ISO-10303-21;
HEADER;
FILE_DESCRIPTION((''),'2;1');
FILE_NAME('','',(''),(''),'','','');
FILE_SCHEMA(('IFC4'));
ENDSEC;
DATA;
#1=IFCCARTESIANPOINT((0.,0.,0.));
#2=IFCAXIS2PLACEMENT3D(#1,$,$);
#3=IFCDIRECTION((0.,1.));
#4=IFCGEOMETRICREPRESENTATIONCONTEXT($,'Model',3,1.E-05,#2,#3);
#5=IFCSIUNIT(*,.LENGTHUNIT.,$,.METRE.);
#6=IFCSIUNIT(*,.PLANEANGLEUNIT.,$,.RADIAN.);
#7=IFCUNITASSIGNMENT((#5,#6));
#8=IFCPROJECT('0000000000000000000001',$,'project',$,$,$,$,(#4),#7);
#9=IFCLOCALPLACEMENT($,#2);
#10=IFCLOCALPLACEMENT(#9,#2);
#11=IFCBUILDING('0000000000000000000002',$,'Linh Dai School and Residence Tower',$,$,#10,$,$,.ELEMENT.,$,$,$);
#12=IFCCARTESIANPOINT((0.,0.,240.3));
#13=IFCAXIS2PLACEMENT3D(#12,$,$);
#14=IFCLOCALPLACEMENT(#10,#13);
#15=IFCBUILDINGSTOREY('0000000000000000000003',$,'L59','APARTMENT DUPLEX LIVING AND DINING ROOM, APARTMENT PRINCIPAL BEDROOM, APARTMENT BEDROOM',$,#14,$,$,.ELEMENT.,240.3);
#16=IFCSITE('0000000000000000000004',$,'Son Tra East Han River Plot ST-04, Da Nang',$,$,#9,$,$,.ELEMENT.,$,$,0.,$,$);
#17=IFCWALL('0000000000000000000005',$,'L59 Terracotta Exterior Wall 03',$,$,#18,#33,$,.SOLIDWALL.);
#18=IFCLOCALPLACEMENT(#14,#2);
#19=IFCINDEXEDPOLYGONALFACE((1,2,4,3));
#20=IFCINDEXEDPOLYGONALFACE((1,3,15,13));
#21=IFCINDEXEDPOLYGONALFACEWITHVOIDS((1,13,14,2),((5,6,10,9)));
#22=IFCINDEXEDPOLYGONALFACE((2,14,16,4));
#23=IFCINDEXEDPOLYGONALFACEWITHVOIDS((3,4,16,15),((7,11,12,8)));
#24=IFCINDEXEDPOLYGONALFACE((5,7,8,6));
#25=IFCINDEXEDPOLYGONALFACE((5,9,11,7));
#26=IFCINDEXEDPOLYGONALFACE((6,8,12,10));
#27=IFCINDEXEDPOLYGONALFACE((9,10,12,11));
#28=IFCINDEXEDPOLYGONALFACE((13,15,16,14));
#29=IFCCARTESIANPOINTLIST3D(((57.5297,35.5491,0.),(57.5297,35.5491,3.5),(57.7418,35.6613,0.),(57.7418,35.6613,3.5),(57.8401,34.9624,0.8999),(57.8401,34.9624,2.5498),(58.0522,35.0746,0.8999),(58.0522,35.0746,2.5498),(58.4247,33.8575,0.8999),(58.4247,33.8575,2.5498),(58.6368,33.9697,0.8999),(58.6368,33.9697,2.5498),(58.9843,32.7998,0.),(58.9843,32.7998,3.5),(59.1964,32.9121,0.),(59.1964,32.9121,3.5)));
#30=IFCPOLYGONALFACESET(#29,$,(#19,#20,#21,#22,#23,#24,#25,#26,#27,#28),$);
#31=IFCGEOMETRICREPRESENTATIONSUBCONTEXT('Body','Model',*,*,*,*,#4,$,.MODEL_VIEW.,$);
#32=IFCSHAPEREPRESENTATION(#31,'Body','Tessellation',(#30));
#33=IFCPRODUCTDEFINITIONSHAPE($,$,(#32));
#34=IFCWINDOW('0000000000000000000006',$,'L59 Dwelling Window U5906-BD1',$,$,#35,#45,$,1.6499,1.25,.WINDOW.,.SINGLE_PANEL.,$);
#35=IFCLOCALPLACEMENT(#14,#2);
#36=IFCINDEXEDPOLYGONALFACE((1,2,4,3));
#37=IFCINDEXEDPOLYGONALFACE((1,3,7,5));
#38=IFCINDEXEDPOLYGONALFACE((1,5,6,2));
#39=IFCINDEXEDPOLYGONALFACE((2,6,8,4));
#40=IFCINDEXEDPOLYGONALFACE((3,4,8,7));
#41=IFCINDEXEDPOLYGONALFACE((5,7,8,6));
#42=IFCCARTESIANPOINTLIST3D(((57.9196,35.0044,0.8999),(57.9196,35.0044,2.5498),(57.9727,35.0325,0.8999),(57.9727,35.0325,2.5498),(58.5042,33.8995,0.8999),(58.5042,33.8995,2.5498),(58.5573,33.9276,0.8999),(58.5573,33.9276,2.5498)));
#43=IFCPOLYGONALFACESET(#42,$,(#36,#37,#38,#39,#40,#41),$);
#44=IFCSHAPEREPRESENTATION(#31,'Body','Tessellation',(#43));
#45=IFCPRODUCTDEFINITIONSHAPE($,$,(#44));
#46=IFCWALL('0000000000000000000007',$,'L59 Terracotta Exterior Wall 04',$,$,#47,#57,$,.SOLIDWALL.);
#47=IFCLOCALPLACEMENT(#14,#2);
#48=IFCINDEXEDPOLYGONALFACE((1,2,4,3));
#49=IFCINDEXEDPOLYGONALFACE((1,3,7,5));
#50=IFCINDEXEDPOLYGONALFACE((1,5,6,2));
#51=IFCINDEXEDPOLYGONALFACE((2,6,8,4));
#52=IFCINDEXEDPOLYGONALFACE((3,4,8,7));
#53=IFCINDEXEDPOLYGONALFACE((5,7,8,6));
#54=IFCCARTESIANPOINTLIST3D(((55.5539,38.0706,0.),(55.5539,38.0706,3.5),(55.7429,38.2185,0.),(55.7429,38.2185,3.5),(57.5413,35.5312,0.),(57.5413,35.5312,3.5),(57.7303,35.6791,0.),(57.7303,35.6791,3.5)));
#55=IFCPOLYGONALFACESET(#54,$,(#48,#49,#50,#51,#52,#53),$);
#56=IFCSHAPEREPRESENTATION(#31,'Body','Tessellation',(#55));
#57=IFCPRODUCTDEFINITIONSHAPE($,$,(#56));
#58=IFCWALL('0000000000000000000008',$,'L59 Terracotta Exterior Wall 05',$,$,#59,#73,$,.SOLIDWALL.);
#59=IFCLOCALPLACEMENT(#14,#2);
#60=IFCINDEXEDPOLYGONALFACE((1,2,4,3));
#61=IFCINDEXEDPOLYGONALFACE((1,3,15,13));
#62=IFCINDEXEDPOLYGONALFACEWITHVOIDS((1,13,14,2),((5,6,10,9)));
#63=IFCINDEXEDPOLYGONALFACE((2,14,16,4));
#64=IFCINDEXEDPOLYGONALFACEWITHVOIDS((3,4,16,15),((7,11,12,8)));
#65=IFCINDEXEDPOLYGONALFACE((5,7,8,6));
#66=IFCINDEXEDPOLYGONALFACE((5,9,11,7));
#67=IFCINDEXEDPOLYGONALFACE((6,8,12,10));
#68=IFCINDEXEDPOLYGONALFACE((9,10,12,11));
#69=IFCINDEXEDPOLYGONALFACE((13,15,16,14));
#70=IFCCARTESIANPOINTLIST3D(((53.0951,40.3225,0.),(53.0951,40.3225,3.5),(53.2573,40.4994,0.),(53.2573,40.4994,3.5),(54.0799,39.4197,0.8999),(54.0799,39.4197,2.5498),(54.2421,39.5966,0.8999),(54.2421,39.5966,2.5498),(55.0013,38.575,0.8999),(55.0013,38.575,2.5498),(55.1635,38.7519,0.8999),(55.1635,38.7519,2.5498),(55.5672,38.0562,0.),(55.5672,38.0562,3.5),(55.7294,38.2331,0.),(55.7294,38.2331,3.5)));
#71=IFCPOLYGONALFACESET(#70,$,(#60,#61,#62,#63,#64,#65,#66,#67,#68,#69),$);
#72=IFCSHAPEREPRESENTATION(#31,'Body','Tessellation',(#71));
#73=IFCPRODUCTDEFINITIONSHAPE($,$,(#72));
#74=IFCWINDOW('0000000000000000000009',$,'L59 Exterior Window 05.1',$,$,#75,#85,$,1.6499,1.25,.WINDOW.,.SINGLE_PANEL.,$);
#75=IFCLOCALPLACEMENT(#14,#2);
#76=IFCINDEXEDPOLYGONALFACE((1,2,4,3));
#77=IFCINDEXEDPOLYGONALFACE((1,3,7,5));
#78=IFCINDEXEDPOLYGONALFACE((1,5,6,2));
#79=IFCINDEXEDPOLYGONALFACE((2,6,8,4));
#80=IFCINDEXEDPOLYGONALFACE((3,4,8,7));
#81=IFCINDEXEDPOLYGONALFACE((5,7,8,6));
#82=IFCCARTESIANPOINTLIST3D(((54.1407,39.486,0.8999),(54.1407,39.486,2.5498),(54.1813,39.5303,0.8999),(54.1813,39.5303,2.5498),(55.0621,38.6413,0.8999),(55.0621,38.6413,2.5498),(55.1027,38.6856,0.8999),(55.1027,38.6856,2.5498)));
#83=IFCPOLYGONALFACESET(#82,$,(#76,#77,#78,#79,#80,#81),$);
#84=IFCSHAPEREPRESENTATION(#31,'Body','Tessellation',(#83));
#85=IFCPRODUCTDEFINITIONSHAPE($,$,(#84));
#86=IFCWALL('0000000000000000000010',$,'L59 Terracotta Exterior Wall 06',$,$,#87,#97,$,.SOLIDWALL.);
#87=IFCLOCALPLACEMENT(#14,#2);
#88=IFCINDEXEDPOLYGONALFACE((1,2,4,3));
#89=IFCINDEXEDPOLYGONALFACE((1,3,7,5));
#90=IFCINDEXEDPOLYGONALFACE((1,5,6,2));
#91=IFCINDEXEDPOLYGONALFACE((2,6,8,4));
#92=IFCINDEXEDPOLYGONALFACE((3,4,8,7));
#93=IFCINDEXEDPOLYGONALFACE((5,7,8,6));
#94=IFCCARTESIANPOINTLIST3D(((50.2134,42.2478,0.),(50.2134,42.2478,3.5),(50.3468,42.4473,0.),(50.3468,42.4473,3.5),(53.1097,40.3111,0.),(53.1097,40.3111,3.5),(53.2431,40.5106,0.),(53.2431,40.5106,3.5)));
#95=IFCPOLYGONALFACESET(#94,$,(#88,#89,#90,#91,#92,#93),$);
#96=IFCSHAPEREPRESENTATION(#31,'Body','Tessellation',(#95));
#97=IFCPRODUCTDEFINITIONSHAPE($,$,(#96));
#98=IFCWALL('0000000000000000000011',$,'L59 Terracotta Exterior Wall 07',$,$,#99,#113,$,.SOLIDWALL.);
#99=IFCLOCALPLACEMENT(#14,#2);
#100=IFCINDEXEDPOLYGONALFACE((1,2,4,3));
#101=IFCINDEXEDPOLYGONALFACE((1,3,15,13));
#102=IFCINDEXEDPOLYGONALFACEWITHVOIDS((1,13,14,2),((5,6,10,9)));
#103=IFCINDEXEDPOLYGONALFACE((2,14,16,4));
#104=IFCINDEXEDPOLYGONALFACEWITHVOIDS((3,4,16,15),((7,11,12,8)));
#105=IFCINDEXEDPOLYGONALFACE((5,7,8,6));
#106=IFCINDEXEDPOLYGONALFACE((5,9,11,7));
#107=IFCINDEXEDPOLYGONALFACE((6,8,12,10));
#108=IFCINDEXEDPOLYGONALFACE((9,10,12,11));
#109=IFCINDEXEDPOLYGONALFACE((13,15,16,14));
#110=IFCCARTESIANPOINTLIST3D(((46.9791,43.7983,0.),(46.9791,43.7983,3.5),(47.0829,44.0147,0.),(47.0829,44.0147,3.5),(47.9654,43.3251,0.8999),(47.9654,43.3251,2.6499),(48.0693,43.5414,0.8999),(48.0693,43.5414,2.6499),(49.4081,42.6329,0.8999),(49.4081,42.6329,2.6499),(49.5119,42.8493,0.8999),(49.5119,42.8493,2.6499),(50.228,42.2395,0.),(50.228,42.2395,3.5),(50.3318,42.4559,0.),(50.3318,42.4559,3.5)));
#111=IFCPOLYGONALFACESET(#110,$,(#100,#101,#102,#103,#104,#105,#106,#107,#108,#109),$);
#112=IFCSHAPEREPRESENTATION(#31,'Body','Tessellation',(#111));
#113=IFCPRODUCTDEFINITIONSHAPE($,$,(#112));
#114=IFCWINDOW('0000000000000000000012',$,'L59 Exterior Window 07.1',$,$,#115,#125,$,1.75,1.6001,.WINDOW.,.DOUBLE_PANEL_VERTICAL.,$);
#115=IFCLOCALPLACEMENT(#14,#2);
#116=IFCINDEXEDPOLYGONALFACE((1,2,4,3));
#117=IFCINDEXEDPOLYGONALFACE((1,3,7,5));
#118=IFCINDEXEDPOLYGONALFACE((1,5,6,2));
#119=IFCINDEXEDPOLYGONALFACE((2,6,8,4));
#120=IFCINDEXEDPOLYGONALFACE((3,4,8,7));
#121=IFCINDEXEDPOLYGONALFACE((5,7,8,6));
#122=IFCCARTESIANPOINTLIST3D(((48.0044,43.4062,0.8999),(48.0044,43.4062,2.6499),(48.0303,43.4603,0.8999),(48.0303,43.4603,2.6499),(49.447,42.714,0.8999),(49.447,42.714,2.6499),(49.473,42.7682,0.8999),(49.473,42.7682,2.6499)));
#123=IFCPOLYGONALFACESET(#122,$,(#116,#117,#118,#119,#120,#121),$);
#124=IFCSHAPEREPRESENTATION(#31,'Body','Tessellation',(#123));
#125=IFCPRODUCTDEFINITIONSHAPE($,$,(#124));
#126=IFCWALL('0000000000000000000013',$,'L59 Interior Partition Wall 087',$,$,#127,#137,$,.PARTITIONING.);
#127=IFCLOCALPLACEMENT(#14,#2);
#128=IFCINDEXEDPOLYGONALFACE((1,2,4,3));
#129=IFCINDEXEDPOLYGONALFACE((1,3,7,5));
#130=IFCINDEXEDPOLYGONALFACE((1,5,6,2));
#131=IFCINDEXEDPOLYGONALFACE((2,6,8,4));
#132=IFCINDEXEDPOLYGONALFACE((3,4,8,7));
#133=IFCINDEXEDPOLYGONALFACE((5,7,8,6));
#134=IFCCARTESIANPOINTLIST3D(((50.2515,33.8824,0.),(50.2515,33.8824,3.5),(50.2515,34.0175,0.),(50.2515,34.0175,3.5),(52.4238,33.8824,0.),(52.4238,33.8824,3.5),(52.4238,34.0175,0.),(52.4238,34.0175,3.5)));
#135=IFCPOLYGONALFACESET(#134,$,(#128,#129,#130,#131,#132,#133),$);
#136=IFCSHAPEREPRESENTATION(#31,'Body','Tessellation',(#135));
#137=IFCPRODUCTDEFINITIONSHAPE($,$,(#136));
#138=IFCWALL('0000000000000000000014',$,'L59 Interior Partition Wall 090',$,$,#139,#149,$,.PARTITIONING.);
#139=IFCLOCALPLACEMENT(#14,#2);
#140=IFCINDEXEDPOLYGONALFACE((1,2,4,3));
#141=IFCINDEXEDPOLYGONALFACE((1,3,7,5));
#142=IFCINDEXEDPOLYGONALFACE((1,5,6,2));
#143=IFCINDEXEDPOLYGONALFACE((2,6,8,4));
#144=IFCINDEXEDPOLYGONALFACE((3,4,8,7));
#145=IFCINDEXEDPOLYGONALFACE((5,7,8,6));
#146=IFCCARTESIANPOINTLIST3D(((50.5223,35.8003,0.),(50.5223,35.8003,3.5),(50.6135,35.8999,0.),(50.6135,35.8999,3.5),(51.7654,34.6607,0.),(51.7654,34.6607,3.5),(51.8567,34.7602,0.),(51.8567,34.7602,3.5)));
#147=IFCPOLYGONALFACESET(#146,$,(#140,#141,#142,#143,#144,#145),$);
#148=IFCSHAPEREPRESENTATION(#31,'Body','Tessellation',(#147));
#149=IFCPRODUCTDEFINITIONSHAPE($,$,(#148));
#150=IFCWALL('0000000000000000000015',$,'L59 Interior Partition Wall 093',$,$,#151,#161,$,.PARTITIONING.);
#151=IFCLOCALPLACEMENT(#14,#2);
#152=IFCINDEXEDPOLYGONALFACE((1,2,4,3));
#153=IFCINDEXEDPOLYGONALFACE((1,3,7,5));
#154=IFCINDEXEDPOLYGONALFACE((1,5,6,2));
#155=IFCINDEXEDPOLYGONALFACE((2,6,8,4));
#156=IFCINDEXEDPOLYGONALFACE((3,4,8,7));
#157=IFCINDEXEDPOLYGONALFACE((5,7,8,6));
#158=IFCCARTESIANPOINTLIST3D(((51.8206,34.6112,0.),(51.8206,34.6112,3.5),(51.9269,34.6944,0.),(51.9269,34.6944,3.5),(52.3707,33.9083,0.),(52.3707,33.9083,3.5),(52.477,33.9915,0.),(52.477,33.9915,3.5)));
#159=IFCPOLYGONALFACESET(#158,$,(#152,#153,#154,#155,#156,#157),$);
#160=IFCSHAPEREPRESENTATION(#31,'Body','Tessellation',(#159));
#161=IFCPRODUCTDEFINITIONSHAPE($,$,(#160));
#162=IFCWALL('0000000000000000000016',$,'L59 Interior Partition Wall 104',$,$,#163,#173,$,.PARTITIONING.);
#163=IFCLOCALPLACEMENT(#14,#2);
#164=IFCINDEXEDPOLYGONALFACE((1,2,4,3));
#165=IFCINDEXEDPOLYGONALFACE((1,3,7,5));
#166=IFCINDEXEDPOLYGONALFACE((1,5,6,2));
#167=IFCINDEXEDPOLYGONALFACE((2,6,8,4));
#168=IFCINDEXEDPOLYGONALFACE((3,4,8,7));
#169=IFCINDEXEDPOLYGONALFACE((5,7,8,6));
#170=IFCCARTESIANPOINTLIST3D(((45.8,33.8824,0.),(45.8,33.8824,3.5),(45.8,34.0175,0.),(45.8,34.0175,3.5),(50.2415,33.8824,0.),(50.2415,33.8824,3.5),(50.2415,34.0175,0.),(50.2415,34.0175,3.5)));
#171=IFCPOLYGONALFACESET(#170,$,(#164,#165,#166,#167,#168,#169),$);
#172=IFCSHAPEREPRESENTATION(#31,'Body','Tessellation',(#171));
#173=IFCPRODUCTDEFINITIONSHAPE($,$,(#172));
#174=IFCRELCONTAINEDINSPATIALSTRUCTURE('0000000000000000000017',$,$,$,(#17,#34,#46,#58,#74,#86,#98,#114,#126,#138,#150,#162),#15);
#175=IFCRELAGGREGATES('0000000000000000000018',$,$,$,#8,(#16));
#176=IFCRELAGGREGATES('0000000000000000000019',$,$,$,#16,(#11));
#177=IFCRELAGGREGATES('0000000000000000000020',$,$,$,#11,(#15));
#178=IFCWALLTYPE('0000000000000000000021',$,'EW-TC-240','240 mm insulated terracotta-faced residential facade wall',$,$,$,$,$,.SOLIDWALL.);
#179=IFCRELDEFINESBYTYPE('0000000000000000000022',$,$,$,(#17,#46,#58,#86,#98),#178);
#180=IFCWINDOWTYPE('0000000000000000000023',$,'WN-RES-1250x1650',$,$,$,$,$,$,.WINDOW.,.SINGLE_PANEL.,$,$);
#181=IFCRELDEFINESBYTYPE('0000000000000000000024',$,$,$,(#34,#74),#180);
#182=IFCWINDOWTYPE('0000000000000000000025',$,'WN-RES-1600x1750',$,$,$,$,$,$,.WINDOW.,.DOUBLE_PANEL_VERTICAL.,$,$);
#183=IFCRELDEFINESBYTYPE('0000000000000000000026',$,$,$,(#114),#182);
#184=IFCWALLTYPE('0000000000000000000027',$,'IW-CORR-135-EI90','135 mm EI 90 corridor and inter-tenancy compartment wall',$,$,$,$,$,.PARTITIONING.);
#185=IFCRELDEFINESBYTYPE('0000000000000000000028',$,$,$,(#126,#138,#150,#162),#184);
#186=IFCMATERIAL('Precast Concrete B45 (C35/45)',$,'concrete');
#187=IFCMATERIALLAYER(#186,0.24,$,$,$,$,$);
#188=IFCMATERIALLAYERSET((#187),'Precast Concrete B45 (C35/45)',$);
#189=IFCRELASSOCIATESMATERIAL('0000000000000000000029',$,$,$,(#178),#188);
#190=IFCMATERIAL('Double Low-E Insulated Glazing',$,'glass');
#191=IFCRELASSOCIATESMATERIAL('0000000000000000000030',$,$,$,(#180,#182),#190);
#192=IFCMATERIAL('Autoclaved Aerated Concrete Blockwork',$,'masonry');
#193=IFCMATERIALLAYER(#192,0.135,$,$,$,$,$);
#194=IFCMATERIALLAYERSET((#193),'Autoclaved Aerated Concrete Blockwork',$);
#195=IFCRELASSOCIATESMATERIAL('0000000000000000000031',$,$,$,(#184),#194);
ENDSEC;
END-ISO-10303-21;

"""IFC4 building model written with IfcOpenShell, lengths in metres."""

from ifc_helpers import new_model, si_unit, direction, frame, frame_2d, origin, origin_2d, place, context, subcontext, project, spatial, rectangle, extrude, source, transform, mapped, material, layer, layer_set, type_object, element, fill, save


model = new_model("IFC4")

# Units and contexts
model_context = context("Model", 3, precision=1e-05, world=origin(), true_north=direction((0.0, 1.0)))
body_context = subcontext(model_context, "Body", "Model", "MODEL_VIEW")
ifc_project = project(units=[si_unit("LENGTHUNIT", "METRE"), si_unit("PLANEANGLEUNIT", "RADIAN")], contexts=[model_context])

# Site, building, storey
site_placement = place(None, origin())
site = spatial("IfcSite", under=ifc_project, at=site_placement, Name="Son Tra East Han River Plot ST-04, Da Nang", CompositionType="ELEMENT", RefElevation=0.0)
building_placement = place(site_placement, origin())
building = spatial("IfcBuilding", under=site, at=building_placement, Name="Linh Dai School and Residence Tower", CompositionType="ELEMENT")
storey_placement = place(building_placement, frame((0.0, 0.0, 240.3)))
storey = spatial("IfcBuildingStorey", under=building, at=storey_placement, Name="L59", Description="APARTMENT DUPLEX LIVING AND DINING ROOM, APARTMENT PRINCIPAL BEDROOM, APARTMENT BEDROOM", CompositionType="ELEMENT", Elevation=240.3)

# Shared definitions
ifc_material_1 = material(Name="Precast Concrete B45 (C35/45)", Category="concrete")

# Wall, opening, window
ifc_layer_1 = layer(ifc_material_1, 0.24)
ifc_layer_set_1 = layer_set([ifc_layer_1], Name="Precast Concrete B45 (C35/45)")
wall_type_1 = type_object("IfcWallType", Name="EW-TC-240", Description="240 mm insulated terracotta-faced residential facade wall", PredefinedType="SOLIDWALL", material=ifc_layer_set_1)
wall_1_placement = place(storey_placement, frame((57.6357, 35.6052, 0.0), z_axis=(0.0, 0.0, 1.0), x_axis=(0.46766, -0.883908, 0.0)))
wall_1 = element("IfcWall", 1, at=wall_1_placement, inside=storey, type_object=wall_type_1, Name="L59 Terracotta Exterior Wall 03", PredefinedType="SOLIDWALL", context=body_context, shape_type="SweptSolid", body=[
    extrude(rectangle(XDim=3.1104, YDim=0.24, at=frame_2d((1.5552, 0.0))), origin(), (0.0, 0.0, 1.0), 3.5),
])
opening_1_placement = place(wall_1_placement, frame((0.6638, 0.0, 0.8999)))
opening_1 = element("IfcOpeningElement", 2, at=opening_1_placement, cuts=wall_1, PredefinedType="OPENING", context=body_context, shape_type="SweptSolid", body=[
    extrude(rectangle(XDim=1.25, YDim=1.6499, at=origin_2d()), frame((0.625, 0.1299, 0.825), z_axis=(0.0, -1.0, 0.0), x_axis=(1.0, 0.0, 0.0)), (0.0, 0.0, 1.0), 0.26),
])
ifc_material_2 = material(Name="Double Low-E Insulated Glazing", Category="glass")
window_type_1 = type_object("IfcWindowType", Name="WN-RES-1250x1650", PartitioningType="SINGLE_PANEL", PredefinedType="WINDOW", material=ifc_material_2)
shared_shape_1 = source(origin(), body_context, "Body", "SweptSolid", [
    extrude(rectangle(XDim=1.25, YDim=1.6499, at=origin_2d()), frame((0.625, 0.03, 0.825), z_axis=(0.0, -1.0, 0.0), x_axis=(1.0, 0.0, 0.0)), (0.0, 0.0, 1.0), 0.0601),
])
window_1_placement = place(opening_1_placement, origin())
window_1 = element("IfcWindow", 3, at=window_1_placement, inside=storey, type_object=window_type_1, Name="L59 Dwelling Window U5906-BD1", OverallHeight=1.6499, OverallWidth=1.25, PartitioningType="SINGLE_PANEL", PredefinedType="WINDOW", context=body_context, shape_type="MappedRepresentation", body=[
    mapped(shared_shape_1, transform((0.0, 0.0, 0.0), x_axis=(1.0, 0.0, 0.0), y_axis=(0.0, 1.0, 0.0), z_axis=(0.0, 0.0, 1.0), scale=1.0)),
])
fill(opening_1, window_1)

# Wall
wall_2_placement = place(storey_placement, frame((55.6484, 38.1445, 0.0), z_axis=(0.0, 0.0, 1.0), x_axis=(0.616312, -0.787502, 0.0)))
element("IfcWall", 4, at=wall_2_placement, inside=storey, type_object=wall_type_1, Name="L59 Terracotta Exterior Wall 04", PredefinedType="SOLIDWALL", context=body_context, shape_type="SweptSolid", body=[
    extrude(rectangle(XDim=3.2246, YDim=0.24, at=frame_2d((1.6123, 0.0))), origin(), (0.0, 0.0, 1.0), 3.5),
])

# Wall, opening, window
wall_3_placement = place(storey_placement, frame((53.1763, 40.4109, 0.0), z_axis=(0.0, 0.0, 1.0), x_axis=(0.737124, -0.675758, 0.0)))
wall_3 = element("IfcWall", 5, at=wall_3_placement, inside=storey, type_object=wall_type_1, Name="L59 Terracotta Exterior Wall 05", PredefinedType="SOLIDWALL", context=body_context, shape_type="SweptSolid", body=[
    extrude(rectangle(XDim=3.3538, YDim=0.24, at=frame_2d((1.6768, 0.0))), origin(), (0.0, 0.0, 1.0), 3.5),
])
opening_2_placement = place(wall_3_placement, frame((1.3359, 0.0, 0.8999)))
opening_2 = element("IfcOpeningElement", 6, at=opening_2_placement, cuts=wall_3, PredefinedType="OPENING", context=body_context, shape_type="SweptSolid", body=[
    extrude(rectangle(XDim=1.25, YDim=1.6499, at=origin_2d()), frame((0.625, 0.1299, 0.825), z_axis=(0.0, -1.0, 0.0), x_axis=(1.0, 0.0, 0.0)), (0.0, 0.0, 1.0), 0.26),
])
window_2_placement = place(opening_2_placement, origin())
window_2 = element("IfcWindow", 7, at=window_2_placement, inside=storey, type_object=window_type_1, Name="L59 Exterior Window 05.1", OverallHeight=1.6499, OverallWidth=1.25, PartitioningType="SINGLE_PANEL", PredefinedType="WINDOW", context=body_context, shape_type="MappedRepresentation", body=[
    mapped(shared_shape_1, transform((0.0, 0.0, 0.0), x_axis=(1.0, 0.0, 0.0), y_axis=(0.0, 1.0, 0.0), z_axis=(0.0, 0.0, 1.0), scale=1.0)),
])
fill(opening_2, window_2)

# Wall
wall_4_placement = place(storey_placement, frame((50.28, 42.3477, 0.0), z_axis=(0.0, 0.0, 1.0), x_axis=(0.831262, -0.55588, 0.0)))
element("IfcWall", 8, at=wall_4_placement, inside=storey, type_object=wall_type_1, Name="L59 Terracotta Exterior Wall 06", PredefinedType="SOLIDWALL", context=body_context, shape_type="SweptSolid", body=[
    extrude(rectangle(XDim=3.4841, YDim=0.24, at=frame_2d((1.7422, 0.0))), origin(), (0.0, 0.0, 1.0), 3.5),
])

# Wall, opening, window
wall_5_placement = place(storey_placement, frame((47.031, 43.9065, 0.0), z_axis=(0.0, 0.0, 1.0), x_axis=(0.901598, -0.432575, 0.0)))
wall_5 = element("IfcWall", 9, at=wall_5_placement, inside=storey, type_object=wall_type_1, Name="L59 Terracotta Exterior Wall 07", PredefinedType="SOLIDWALL", context=body_context, shape_type="SweptSolid", body=[
    extrude(rectangle(XDim=3.6035, YDim=0.24, at=frame_2d((1.8018, 0.0))), origin(), (0.0, 0.0, 1.0), 3.5),
])
opening_3_placement = place(wall_5_placement, frame((1.094, 0.0, 0.8999)))
opening_3 = element("IfcOpeningElement", 10, at=opening_3_placement, cuts=wall_5, PredefinedType="OPENING", context=body_context, shape_type="SweptSolid", body=[
    extrude(rectangle(XDim=1.6001, YDim=1.75, at=origin_2d()), frame((0.8, 0.1299, 0.875), z_axis=(0.0, -1.0, 0.0), x_axis=(1.0, 0.0, 0.0)), (0.0, 0.0, 1.0), 0.26),
])
window_type_2 = type_object("IfcWindowType", Name="WN-RES-1600x1750", PartitioningType="DOUBLE_PANEL_VERTICAL", PredefinedType="WINDOW", material=ifc_material_2)
shared_shape_2 = source(origin(), body_context, "Body", "SweptSolid", [
    extrude(rectangle(XDim=1.6001, YDim=1.75, at=origin_2d()), frame((0.8, 0.03, 0.875), z_axis=(0.0, -1.0, 0.0), x_axis=(1.0, 0.0, 0.0)), (0.0, 0.0, 1.0), 0.0601),
])
window_3_placement = place(opening_3_placement, origin())
window_3 = element("IfcWindow", 11, at=window_3_placement, inside=storey, type_object=window_type_2, Name="L59 Exterior Window 07.1", OverallHeight=1.75, OverallWidth=1.6001, PartitioningType="DOUBLE_PANEL_VERTICAL", PredefinedType="WINDOW", context=body_context, shape_type="MappedRepresentation", body=[
    mapped(shared_shape_2, transform((0.0, 0.0, 0.0), x_axis=(1.0, 0.0, 0.0), y_axis=(0.0, 1.0, 0.0), z_axis=(0.0, 0.0, 1.0), scale=1.0)),
])
fill(opening_3, window_3)

# Walls
ifc_material_3 = material(Name="Autoclaved Aerated Concrete Blockwork", Category="masonry")
ifc_layer_2 = layer(ifc_material_3, 0.135)
ifc_layer_set_2 = layer_set([ifc_layer_2], Name="Autoclaved Aerated Concrete Blockwork")
wall_type_2 = type_object("IfcWallType", Name="IW-CORR-135-EI90", Description="135 mm EI 90 corridor and inter-tenancy compartment wall", PredefinedType="PARTITIONING", material=ifc_layer_set_2)
wall_6_placement = place(storey_placement, frame((50.2515, 33.95, 0.0), z_axis=(0.0, 0.0, 1.0), x_axis=(1.0, 0.0, 0.0)))
element("IfcWall", 12, at=wall_6_placement, inside=storey, type_object=wall_type_2, Name="L59 Interior Partition Wall 087", PredefinedType="PARTITIONING", context=body_context, shape_type="SweptSolid", body=[
    extrude(rectangle(XDim=2.1724, YDim=0.135, at=frame_2d((1.0862, 0.0))), origin(), (0.0, 0.0, 1.0), 3.5),
])
wall_7_placement = place(storey_placement, frame((50.5679, 35.8501, 0.0), z_axis=(0.0, 0.0, 1.0), x_axis=(0.73713, -0.675751, 0.0)))
element("IfcWall", 13, at=wall_7_placement, inside=storey, type_object=wall_type_2, Name="L59 Interior Partition Wall 090", PredefinedType="PARTITIONING", context=body_context, shape_type="SweptSolid", body=[
    extrude(rectangle(XDim=1.6865, YDim=0.135, at=frame_2d((0.8433, 0.0))), origin(), (0.0, 0.0, 1.0), 3.5),
])
wall_8_placement = place(storey_placement, frame((51.8738, 34.6528, 0.0), z_axis=(0.0, 0.0, 1.0), x_axis=(0.616286, -0.787522, 0.0)))
element("IfcWall", 14, at=wall_8_placement, inside=storey, type_object=wall_type_2, Name="L59 Interior Partition Wall 093", PredefinedType="PARTITIONING", context=body_context, shape_type="SweptSolid", body=[
    extrude(rectangle(XDim=0.8926, YDim=0.135, at=frame_2d((0.4463, 0.0))), origin(), (0.0, 0.0, 1.0), 3.5),
])
wall_9_placement = place(storey_placement, frame((50.2415, 33.95, 0.0), z_axis=(0.0, 0.0, 1.0), x_axis=(-1.0, 0.0, 0.0)))
element("IfcWall", 15, at=wall_9_placement, inside=storey, type_object=wall_type_2, Name="L59 Interior Partition Wall 104", PredefinedType="PARTITIONING", context=body_context, shape_type="SweptSolid", body=[
    extrude(rectangle(XDim=4.4414, YDim=0.135, at=frame_2d((2.2207, 0.0))), origin(), (0.0, 0.0, 1.0), 3.5),
])

save(model, "model.ifc")
